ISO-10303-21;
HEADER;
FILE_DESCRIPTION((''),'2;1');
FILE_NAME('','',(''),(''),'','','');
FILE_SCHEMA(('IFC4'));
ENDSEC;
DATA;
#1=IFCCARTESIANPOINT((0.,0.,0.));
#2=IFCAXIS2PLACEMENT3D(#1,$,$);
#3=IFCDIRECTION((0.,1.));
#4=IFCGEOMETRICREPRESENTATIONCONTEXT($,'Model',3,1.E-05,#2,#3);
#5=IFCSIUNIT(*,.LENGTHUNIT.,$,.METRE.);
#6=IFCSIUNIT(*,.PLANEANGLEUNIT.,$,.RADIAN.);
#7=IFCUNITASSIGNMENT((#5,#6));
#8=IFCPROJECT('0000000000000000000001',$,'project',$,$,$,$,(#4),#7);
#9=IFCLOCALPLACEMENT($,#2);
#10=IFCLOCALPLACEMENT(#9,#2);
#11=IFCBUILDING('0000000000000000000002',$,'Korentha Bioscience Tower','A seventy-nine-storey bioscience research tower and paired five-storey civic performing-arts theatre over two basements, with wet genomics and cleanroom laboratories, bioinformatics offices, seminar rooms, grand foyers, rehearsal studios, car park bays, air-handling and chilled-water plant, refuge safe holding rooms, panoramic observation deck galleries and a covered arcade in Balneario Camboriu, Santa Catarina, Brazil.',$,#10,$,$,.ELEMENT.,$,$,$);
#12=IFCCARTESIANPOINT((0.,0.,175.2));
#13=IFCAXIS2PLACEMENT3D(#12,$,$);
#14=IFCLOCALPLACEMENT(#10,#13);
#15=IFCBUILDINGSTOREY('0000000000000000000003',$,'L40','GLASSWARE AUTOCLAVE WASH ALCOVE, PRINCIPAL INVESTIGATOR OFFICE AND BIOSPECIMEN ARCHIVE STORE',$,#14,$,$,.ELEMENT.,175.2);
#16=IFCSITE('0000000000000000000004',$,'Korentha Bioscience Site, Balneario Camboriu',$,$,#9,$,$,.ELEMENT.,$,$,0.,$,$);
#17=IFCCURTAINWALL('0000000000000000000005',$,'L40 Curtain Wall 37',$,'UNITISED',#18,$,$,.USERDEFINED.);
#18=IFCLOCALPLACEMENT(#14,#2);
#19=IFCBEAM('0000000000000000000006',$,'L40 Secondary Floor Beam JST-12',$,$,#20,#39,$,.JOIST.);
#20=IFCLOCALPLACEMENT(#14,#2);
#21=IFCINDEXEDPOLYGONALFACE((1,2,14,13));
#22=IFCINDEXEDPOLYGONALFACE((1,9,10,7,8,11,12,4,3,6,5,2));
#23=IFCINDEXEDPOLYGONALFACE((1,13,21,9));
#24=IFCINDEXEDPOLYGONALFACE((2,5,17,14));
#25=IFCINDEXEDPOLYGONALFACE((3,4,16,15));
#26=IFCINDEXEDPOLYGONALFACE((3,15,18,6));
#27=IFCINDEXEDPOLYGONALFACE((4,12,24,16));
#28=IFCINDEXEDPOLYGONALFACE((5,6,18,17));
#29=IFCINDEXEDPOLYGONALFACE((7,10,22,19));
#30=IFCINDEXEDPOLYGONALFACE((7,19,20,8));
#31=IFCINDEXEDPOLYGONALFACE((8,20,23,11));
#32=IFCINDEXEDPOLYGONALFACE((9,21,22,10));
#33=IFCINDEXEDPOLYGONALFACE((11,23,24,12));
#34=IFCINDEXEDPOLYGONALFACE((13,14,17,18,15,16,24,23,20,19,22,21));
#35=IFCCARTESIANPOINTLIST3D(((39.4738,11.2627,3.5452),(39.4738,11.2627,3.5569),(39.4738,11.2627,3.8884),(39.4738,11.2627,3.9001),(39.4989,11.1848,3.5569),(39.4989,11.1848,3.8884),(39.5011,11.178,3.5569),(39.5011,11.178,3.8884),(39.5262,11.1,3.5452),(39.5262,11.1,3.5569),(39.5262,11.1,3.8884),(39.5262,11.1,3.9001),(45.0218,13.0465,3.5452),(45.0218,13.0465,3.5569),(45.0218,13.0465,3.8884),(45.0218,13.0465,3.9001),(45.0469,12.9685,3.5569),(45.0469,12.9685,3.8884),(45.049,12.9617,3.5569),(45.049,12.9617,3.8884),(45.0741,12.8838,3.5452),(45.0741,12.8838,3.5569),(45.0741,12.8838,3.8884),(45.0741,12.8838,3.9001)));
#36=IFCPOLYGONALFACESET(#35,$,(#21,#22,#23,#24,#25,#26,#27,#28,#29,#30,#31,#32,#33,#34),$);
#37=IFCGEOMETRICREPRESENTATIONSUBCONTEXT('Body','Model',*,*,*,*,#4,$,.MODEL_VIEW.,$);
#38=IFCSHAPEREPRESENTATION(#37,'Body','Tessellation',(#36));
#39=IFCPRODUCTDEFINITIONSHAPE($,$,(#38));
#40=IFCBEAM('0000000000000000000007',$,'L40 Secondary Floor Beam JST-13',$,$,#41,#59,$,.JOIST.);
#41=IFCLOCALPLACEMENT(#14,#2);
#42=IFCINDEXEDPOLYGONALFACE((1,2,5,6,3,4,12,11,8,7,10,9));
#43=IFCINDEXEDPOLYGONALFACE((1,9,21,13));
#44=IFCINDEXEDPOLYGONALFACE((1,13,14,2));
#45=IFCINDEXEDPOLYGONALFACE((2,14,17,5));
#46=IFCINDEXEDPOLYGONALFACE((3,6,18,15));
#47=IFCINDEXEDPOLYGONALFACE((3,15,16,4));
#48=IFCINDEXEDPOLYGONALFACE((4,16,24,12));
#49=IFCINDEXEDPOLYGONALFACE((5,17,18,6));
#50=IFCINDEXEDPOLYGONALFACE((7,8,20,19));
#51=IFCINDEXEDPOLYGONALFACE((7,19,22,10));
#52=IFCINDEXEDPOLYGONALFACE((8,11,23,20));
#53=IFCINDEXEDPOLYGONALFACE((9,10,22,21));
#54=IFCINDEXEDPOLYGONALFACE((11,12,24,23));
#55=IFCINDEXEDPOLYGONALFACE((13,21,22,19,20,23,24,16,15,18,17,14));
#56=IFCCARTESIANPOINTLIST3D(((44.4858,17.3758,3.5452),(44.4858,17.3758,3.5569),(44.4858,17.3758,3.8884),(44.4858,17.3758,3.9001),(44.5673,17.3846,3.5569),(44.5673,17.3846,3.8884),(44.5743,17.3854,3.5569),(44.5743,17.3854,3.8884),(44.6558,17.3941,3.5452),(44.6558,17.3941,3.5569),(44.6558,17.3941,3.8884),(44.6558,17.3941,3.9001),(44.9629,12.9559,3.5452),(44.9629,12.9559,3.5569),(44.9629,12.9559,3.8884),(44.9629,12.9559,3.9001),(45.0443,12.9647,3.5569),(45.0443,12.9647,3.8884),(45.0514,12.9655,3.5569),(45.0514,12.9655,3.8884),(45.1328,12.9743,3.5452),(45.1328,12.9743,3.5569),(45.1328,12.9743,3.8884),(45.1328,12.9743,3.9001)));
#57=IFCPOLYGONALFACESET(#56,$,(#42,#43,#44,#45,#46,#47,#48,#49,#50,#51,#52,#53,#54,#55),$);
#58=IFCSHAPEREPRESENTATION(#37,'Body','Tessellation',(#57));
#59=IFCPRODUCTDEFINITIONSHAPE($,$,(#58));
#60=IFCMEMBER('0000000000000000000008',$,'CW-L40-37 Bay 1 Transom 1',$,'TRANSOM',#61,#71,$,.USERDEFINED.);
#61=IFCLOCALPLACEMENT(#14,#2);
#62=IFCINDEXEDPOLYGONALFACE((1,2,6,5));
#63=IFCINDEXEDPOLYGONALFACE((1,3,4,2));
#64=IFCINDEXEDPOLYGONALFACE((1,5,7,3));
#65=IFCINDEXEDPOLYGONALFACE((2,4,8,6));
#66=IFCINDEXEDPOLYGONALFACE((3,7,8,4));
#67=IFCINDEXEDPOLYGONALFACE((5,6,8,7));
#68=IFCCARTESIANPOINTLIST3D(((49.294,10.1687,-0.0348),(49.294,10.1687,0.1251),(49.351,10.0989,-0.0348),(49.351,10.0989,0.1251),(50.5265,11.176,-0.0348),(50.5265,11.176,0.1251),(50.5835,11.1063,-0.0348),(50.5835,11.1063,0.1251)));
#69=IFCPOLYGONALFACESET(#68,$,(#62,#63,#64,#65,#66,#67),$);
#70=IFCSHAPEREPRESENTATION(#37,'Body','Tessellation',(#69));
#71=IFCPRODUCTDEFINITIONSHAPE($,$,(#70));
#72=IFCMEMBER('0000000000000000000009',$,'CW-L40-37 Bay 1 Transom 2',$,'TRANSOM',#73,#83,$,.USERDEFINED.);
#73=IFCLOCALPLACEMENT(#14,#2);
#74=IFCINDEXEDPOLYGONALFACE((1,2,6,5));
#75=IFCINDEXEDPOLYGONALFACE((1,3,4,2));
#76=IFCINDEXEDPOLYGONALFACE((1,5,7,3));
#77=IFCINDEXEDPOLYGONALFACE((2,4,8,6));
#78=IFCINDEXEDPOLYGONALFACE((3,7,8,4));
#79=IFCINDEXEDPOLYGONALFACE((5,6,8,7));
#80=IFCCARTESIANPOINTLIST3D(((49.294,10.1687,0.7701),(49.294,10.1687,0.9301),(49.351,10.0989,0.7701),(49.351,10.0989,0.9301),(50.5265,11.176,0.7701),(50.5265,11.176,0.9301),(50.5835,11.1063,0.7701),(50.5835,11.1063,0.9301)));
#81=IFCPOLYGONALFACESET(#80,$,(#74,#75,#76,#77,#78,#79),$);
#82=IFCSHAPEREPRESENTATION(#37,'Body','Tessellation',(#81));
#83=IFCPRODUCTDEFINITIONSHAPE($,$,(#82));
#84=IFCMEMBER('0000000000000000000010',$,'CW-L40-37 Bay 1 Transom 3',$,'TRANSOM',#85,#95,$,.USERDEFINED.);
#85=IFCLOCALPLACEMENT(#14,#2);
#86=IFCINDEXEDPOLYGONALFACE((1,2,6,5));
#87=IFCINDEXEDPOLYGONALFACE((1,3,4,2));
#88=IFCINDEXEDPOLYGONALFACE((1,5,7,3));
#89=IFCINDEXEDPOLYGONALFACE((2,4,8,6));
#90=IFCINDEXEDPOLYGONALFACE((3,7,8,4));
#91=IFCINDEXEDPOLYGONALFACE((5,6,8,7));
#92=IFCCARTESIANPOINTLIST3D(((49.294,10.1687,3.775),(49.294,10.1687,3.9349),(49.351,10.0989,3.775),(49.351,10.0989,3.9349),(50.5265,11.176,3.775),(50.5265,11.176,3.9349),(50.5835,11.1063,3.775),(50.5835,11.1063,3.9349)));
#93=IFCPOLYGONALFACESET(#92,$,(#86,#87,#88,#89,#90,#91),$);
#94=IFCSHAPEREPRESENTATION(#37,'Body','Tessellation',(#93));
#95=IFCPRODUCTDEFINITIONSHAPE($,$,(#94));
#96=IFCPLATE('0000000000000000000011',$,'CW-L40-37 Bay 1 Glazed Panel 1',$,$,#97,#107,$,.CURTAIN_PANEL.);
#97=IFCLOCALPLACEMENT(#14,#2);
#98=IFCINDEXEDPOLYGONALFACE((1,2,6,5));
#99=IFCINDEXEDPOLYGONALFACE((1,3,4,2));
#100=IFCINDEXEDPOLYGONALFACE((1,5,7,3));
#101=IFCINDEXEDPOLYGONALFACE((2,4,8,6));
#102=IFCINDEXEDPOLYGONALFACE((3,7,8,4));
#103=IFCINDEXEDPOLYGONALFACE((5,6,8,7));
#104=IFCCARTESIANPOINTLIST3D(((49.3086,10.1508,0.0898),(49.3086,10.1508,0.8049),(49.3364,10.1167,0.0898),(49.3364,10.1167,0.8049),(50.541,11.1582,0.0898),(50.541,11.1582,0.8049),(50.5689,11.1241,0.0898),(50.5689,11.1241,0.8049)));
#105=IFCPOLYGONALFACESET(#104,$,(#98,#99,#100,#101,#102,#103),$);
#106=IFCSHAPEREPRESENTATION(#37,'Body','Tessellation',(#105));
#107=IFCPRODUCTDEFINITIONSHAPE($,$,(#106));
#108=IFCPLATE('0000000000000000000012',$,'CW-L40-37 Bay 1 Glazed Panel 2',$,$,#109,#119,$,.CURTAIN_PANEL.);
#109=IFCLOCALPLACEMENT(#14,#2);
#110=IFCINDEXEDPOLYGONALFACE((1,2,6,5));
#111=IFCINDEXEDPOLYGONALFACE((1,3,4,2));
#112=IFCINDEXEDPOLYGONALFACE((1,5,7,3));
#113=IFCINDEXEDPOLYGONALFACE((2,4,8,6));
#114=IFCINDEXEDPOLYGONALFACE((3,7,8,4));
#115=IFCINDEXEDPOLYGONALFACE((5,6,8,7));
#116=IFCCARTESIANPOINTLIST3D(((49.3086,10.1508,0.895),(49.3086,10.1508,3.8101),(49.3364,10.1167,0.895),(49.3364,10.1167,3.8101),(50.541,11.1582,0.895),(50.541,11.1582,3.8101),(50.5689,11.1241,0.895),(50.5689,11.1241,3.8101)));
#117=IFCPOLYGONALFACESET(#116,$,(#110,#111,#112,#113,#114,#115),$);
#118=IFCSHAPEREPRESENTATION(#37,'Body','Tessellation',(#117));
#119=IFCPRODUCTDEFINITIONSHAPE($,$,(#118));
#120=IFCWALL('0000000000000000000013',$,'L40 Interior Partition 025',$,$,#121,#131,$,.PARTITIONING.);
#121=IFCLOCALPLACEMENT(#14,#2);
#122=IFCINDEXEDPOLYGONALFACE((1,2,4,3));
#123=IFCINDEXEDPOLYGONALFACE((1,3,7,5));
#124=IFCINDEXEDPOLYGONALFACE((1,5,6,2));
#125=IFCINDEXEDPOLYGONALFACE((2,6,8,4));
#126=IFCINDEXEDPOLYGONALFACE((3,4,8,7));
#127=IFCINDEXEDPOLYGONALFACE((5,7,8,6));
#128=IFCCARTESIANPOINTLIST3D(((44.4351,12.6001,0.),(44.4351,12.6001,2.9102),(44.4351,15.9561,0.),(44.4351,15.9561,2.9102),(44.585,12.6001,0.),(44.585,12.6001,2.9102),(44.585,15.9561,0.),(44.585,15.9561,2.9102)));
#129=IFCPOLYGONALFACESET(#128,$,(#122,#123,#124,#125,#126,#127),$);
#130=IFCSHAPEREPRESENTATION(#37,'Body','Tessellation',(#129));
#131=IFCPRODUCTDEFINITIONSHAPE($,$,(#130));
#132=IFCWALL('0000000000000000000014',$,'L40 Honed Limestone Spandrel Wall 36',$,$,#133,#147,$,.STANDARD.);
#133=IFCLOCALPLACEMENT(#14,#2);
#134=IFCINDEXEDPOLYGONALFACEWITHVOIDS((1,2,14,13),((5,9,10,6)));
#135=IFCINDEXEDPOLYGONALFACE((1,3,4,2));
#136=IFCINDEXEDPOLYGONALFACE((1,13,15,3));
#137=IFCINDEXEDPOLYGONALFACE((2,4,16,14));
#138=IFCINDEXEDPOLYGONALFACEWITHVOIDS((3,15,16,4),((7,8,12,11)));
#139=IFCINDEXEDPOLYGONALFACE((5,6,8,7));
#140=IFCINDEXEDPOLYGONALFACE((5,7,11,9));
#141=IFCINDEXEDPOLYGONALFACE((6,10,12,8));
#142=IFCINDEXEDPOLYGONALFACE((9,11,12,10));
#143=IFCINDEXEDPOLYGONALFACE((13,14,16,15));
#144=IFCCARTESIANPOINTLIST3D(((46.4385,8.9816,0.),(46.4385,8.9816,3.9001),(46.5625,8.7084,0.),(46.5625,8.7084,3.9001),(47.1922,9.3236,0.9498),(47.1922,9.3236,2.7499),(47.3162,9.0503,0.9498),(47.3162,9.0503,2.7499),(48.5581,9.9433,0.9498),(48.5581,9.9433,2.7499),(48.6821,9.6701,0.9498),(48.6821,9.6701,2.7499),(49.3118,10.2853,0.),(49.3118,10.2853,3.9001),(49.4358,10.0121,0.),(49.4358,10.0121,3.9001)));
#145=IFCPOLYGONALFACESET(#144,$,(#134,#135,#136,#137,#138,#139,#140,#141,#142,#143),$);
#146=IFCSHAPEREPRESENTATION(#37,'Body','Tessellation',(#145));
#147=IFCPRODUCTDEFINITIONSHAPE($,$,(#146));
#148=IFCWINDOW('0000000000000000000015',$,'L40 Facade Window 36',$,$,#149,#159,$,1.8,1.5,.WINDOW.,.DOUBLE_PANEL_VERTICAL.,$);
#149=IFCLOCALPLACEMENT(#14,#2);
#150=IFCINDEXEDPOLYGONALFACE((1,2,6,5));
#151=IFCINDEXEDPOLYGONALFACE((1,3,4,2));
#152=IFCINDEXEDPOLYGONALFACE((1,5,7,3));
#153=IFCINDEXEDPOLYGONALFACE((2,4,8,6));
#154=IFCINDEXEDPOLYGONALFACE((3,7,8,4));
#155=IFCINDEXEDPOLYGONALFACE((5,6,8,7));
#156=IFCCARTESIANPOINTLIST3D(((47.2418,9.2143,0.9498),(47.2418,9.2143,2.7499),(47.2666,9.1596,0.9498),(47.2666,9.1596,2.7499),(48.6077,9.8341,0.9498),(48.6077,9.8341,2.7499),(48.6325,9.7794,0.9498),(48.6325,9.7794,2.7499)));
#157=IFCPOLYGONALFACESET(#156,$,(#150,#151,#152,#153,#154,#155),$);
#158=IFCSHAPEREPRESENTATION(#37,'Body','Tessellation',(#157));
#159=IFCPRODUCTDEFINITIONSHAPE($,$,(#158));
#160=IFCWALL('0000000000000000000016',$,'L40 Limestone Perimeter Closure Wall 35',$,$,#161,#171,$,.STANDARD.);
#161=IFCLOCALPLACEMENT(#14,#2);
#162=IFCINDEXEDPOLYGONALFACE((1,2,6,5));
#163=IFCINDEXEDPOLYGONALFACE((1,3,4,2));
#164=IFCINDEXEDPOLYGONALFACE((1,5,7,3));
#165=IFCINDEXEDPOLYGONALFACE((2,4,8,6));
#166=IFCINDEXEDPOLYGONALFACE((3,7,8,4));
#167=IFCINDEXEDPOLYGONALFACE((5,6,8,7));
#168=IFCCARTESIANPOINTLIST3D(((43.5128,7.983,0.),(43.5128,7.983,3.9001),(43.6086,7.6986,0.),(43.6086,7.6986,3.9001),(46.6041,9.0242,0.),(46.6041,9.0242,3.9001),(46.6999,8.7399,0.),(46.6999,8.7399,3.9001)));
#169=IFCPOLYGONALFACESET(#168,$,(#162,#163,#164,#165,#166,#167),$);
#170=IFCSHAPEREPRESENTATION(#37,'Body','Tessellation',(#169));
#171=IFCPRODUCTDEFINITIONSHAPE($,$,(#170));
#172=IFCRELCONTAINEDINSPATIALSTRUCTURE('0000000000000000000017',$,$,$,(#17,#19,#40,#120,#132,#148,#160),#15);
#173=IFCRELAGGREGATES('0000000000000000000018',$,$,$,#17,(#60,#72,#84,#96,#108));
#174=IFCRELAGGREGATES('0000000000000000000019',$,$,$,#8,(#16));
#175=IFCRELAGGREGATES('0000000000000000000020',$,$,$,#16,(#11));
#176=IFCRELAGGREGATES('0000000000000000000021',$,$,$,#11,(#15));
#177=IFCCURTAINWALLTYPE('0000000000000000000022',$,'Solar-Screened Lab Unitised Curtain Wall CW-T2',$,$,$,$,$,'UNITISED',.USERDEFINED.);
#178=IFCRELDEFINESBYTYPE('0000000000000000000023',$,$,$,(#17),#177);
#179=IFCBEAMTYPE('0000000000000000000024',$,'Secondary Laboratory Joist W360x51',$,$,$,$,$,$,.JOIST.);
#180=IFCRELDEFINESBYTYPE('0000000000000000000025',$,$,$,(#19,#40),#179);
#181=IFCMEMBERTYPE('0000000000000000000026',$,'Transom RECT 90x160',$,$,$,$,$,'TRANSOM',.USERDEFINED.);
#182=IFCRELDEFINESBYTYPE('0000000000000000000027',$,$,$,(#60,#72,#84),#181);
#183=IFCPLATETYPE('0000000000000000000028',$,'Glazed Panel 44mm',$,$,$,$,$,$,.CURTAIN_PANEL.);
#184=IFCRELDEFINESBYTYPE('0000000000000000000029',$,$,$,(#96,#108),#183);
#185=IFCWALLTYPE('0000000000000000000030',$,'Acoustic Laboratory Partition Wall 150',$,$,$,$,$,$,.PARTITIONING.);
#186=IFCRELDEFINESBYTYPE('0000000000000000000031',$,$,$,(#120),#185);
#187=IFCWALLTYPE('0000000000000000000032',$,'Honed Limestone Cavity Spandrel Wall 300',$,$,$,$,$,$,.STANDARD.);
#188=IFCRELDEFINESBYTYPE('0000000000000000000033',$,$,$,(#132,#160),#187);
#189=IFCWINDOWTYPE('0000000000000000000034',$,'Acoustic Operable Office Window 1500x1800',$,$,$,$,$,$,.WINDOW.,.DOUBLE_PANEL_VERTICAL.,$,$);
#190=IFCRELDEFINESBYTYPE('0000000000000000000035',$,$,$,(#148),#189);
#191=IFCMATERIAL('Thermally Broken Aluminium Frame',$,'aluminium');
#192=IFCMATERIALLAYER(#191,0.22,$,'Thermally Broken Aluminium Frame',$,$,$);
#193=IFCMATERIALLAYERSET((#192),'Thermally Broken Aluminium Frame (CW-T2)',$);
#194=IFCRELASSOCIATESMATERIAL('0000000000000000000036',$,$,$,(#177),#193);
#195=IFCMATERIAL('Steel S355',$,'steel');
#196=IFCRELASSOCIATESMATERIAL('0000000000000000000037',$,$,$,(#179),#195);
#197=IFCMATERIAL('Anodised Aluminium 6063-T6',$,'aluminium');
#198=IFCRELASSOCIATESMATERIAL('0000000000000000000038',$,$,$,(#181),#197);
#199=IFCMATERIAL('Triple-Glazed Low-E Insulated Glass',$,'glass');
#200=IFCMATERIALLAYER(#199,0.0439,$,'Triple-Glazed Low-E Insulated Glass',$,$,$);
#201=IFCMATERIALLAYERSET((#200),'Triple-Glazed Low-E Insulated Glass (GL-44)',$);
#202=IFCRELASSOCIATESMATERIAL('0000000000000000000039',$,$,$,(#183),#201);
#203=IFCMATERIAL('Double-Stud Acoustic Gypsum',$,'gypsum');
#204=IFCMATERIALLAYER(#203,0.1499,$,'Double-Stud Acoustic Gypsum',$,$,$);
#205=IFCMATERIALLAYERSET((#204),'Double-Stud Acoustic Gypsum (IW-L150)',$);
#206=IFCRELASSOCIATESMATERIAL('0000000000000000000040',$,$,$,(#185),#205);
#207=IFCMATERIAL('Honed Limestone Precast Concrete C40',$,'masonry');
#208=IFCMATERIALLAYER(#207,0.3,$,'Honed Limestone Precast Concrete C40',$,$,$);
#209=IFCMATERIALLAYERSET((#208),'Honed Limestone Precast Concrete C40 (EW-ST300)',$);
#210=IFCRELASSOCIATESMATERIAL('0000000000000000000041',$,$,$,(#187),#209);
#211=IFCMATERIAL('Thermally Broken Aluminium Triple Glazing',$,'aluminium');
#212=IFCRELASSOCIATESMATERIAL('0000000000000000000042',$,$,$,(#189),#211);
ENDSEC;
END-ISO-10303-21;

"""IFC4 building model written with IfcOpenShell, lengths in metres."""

from ifc_helpers import new_model, si_unit, direction, frame, frame_2d, origin, origin_2d, place, context, subcontext, project, spatial, rectangle, i_section, extrude, material, layer, layer_set, material_profile, profile_set, type_object, element, fill, aggregate, save


model = new_model("IFC4")

# Units and contexts
model_context = context("Model", 3, precision=1e-05, world=origin(), true_north=direction((0.0, 1.0)))
body_context = subcontext(model_context, "Body", "Model", "MODEL_VIEW")
ifc_project = project(units=[si_unit("LENGTHUNIT", "METRE"), si_unit("PLANEANGLEUNIT", "RADIAN")], contexts=[model_context])

# Site, building, storey
site_placement = place(None, origin())
site = spatial("IfcSite", under=ifc_project, at=site_placement, Name="Korentha Bioscience Site, Balneario Camboriu", CompositionType="ELEMENT", RefElevation=0.0)
building_placement = place(site_placement, origin())
building = spatial("IfcBuilding", under=site, at=building_placement, Name="Korentha Bioscience Tower", Description="A seventy-nine-storey bioscience research tower and paired five-storey civic performing-arts theatre over two basements, with wet genomics and cleanroom laboratories, bioinformatics offices, seminar rooms, grand foyers, rehearsal studios, car park bays, air-handling and chilled-water plant, refuge safe holding rooms, panoramic observation deck galleries and a covered arcade in Balneario Camboriu, Santa Catarina, Brazil.", CompositionType="ELEMENT")
storey_placement = place(building_placement, frame((0.0, 0.0, 175.2)))
storey = spatial("IfcBuildingStorey", under=building, at=storey_placement, Name="L40", Description="GLASSWARE AUTOCLAVE WASH ALCOVE, PRINCIPAL INVESTIGATOR OFFICE AND BIOSPECIMEN ARCHIVE STORE", CompositionType="ELEMENT", Elevation=175.2)

# Curtain wall
ifc_material_1 = material(Name="Thermally Broken Aluminium Frame", Category="aluminium")
ifc_layer_1 = layer(ifc_material_1, 0.22, Name="Thermally Broken Aluminium Frame")
ifc_layer_set_1 = layer_set([ifc_layer_1], Name="Thermally Broken Aluminium Frame (CW-T2)")
curtain_wall_type = type_object("IfcCurtainWallType", Name="Solar-Screened Lab Unitised Curtain Wall CW-T2", ElementType="UNITISED", PredefinedType="USERDEFINED", material=ifc_layer_set_1)
curtain_wall_placement = place(storey_placement, origin())
curtain_wall = element("IfcCurtainWall", 1, at=curtain_wall_placement, inside=storey, type_object=curtain_wall_type, Name="L40 Curtain Wall 37", ObjectType="UNITISED", PredefinedType="USERDEFINED")
ifc_material_2 = material(Name="Anodised Aluminium 6063-T6", Category="aluminium")

# Beams
ifc_material_3 = material(Name="Steel S355", Category="steel")
ifc_material_profile_1 = material_profile(ifc_material_3, i_section(OverallWidth=0.1709, OverallDepth=0.355, WebThickness=0.0071, FlangeThickness=0.0117, at=origin_2d()), Name="Steel S355")
ifc_profile_set_1 = profile_set([ifc_material_profile_1], Name="Steel S355 (JB-360)")
beam_type_1 = type_object("IfcBeamType", Name="Secondary Laboratory Joist W360x51", PredefinedType="JOIST", material=ifc_profile_set_1)
beam_1_placement = place(storey_placement, frame((39.5, 11.1814, 3.7227), z_axis=(0.952006, 0.30608, 0.0), x_axis=(-0.30608, 0.952006, 0.0)))
element("IfcBeam", 2, at=beam_1_placement, inside=storey, type_object=beam_type_1, Name="L40 Secondary Floor Beam JST-12", PredefinedType="JOIST", context=body_context, shape_type="SweptSolid", body=[
    extrude(i_section(OverallWidth=0.1709, OverallDepth=0.355, WebThickness=0.0071, FlangeThickness=0.0117, at=origin_2d()), origin(), (0.0, 0.0, 1.0), 5.8276),
])
beam_2_placement = place(storey_placement, frame((45.0479, 12.9651, 3.7227), z_axis=(-0.107309, 0.994226, 0.0), x_axis=(-0.994226, -0.107309, 0.0)))
element("IfcBeam", 3, at=beam_2_placement, inside=storey, type_object=beam_type_1, Name="L40 Secondary Floor Beam JST-13", PredefinedType="JOIST", context=body_context, shape_type="SweptSolid", body=[
    extrude(i_section(OverallWidth=0.1709, OverallDepth=0.355, WebThickness=0.0071, FlangeThickness=0.0117, at=origin_2d()), origin(), (0.0, 0.0, 1.0), 4.4456),
])

# Members
ifc_material_profile_2 = material_profile(ifc_material_2, rectangle(XDim=0.0901, YDim=0.1599, at=origin_2d()), Name="Anodised Aluminium 6063-T6")
ifc_profile_set_2 = profile_set([ifc_material_profile_2], Name="Anodised Aluminium 6063-T6 (CW-TRN)")
member_type_1 = type_object("IfcMemberType", Name="Transom RECT 90x160", ElementType="TRANSOM", PredefinedType="USERDEFINED", material=ifc_profile_set_2)
member_1_placement = place(storey_placement, frame((49.3225, 10.1338, 0.0452), z_axis=(0.774272, 0.632853, 0.0), x_axis=(-0.632853, 0.774272, 0.0)))
member_1 = element("IfcMember", 4, at=member_1_placement, type_object=member_type_1, Name="CW-L40-37 Bay 1 Transom 1", ObjectType="TRANSOM", PredefinedType="USERDEFINED", context=body_context, shape_type="SweptSolid", body=[
    extrude(rectangle(XDim=0.0901, YDim=0.1599, at=origin_2d()), origin(), (0.0, 0.0, 1.0), 1.5918),
])
member_2_placement = place(storey_placement, frame((49.3225, 10.1338, 0.8501), z_axis=(0.774272, 0.632853, 0.0), x_axis=(-0.632853, 0.774272, 0.0)))
member_2 = element("IfcMember", 5, at=member_2_placement, type_object=member_type_1, Name="CW-L40-37 Bay 1 Transom 2", ObjectType="TRANSOM", PredefinedType="USERDEFINED", context=body_context, shape_type="SweptSolid", body=[
    extrude(rectangle(XDim=0.0901, YDim=0.1599, at=origin_2d()), origin(), (0.0, 0.0, 1.0), 1.5918),
])
member_3_placement = place(storey_placement, frame((49.3225, 10.1338, 3.855), z_axis=(0.774272, 0.632853, 0.0), x_axis=(-0.632853, 0.774272, 0.0)))
member_3 = element("IfcMember", 6, at=member_3_placement, type_object=member_type_1, Name="CW-L40-37 Bay 1 Transom 3", ObjectType="TRANSOM", PredefinedType="USERDEFINED", context=body_context, shape_type="SweptSolid", body=[
    extrude(rectangle(XDim=0.0901, YDim=0.1599, at=origin_2d()), origin(), (0.0, 0.0, 1.0), 1.5918),
])

# Plates
ifc_material_4 = material(Name="Triple-Glazed Low-E Insulated Glass", Category="glass")
ifc_layer_2 = layer(ifc_material_4, 0.0439, Name="Triple-Glazed Low-E Insulated Glass")
ifc_layer_set_2 = layer_set([ifc_layer_2], Name="Triple-Glazed Low-E Insulated Glass (GL-44)")
plate_type = type_object("IfcPlateType", Name="Glazed Panel 44mm", PredefinedType="CURTAIN_PANEL", material=ifc_layer_set_2)
plate_1_placement = place(storey_placement, frame((49.9387, 10.6375, 0.0898), z_axis=(0.0, 0.0, 1.0), x_axis=(0.774256, 0.632872, 0.0)))
plate_1 = element("IfcPlate", 7, at=plate_1_placement, type_object=plate_type, Name="CW-L40-37 Bay 1 Glazed Panel 1", PredefinedType="CURTAIN_PANEL", context=body_context, shape_type="SweptSolid", body=[
    extrude(rectangle(XDim=1.5918, YDim=0.0439, at=origin_2d()), origin(), (0.0, 0.0, 1.0), 0.7151),
])
plate_2_placement = place(storey_placement, frame((49.9387, 10.6375, 0.895), z_axis=(0.0, 0.0, 1.0), x_axis=(0.774256, 0.632872, 0.0)))
plate_2 = element("IfcPlate", 8, at=plate_2_placement, type_object=plate_type, Name="CW-L40-37 Bay 1 Glazed Panel 2", PredefinedType="CURTAIN_PANEL", context=body_context, shape_type="SweptSolid", body=[
    extrude(rectangle(XDim=1.5918, YDim=0.0439, at=origin_2d()), origin(), (0.0, 0.0, 1.0), 2.915),
])
aggregate(curtain_wall, [member_1, member_2, member_3, plate_1, plate_2])

# Wall
ifc_material_5 = material(Name="Double-Stud Acoustic Gypsum", Category="gypsum")
ifc_layer_3 = layer(ifc_material_5, 0.1499, Name="Double-Stud Acoustic Gypsum")
ifc_layer_set_3 = layer_set([ifc_layer_3], Name="Double-Stud Acoustic Gypsum (IW-L150)")
wall_type_1 = type_object("IfcWallType", Name="Acoustic Laboratory Partition Wall 150", PredefinedType="PARTITIONING", material=ifc_layer_set_3)
wall_1_placement = place(storey_placement, frame((44.51, 12.6001, 0.0), z_axis=(0.0, 0.0, 1.0), x_axis=(0.0, 1.0, 0.0)))
element("IfcWall", 9, at=wall_1_placement, inside=storey, type_object=wall_type_1, Name="L40 Interior Partition 025", PredefinedType="PARTITIONING", context=body_context, shape_type="SweptSolid", body=[
    extrude(rectangle(XDim=3.356, YDim=0.1499, at=frame_2d((1.678, 0.0))), origin(), (0.0, 0.0, 1.0), 2.9102),
])

# Wall, opening, window
ifc_material_6 = material(Name="Honed Limestone Precast Concrete C40", Category="masonry")
ifc_layer_4 = layer(ifc_material_6, 0.3, Name="Honed Limestone Precast Concrete C40")
ifc_layer_set_4 = layer_set([ifc_layer_4], Name="Honed Limestone Precast Concrete C40 (EW-ST300)")
wall_type_2 = type_object("IfcWallType", Name="Honed Limestone Cavity Spandrel Wall 300", PredefinedType="STANDARD", material=ifc_layer_set_4)
wall_2_placement = place(storey_placement, frame((46.5005, 8.845, 0.0), z_axis=(0.0, 0.0, 1.0), x_axis=(0.910645, 0.413191, 0.0)))
wall_2 = element("IfcWall", 10, at=wall_2_placement, inside=storey, type_object=wall_type_2, Name="L40 Honed Limestone Spandrel Wall 36", PredefinedType="STANDARD", context=body_context, shape_type="SweptSolid", body=[
    extrude(rectangle(XDim=3.1553, YDim=0.3, at=frame_2d((1.5776, 0.0))), origin(), (0.0, 0.0, 1.0), 3.9001),
])
opening_placement = place(wall_2_placement, frame((0.8276, 0.0, 0.95)))
opening = element("IfcOpeningElement", 11, at=opening_placement, cuts=wall_2, PredefinedType="OPENING", context=body_context, shape_type="SweptSolid", body=[
    extrude(rectangle(XDim=1.5, YDim=1.8, at=frame_2d((0.75, 0.8999))), frame((0.0, 0.165, 0.0), z_axis=(0.0, -1.0, 0.0), x_axis=(1.0, 0.0, 0.0)), (0.0, 0.0, 1.0), 0.3298),
])
ifc_material_7 = material(Name="Thermally Broken Aluminium Triple Glazing", Category="aluminium")
window_type = type_object("IfcWindowType", Name="Acoustic Operable Office Window 1500x1800", PartitioningType="DOUBLE_PANEL_VERTICAL", PredefinedType="WINDOW", material=ifc_material_7)
window_placement = place(opening_placement, origin())
window = element("IfcWindow", 12, at=window_placement, inside=storey, type_object=window_type, Name="L40 Facade Window 36", OverallHeight=1.8, OverallWidth=1.5, PartitioningType="DOUBLE_PANEL_VERTICAL", PredefinedType="WINDOW", context=body_context, shape_type="SweptSolid", body=[
    extrude(rectangle(XDim=1.5, YDim=1.8, at=frame_2d((0.75, 0.8999))), frame((0.0, 0.03, 0.0), z_axis=(0.0, -1.0, 0.0), x_axis=(1.0, 0.0, 0.0)), (0.0, 0.0, 1.0), 0.0601),
])
fill(opening, window)

# Wall
wall_3_placement = place(storey_placement, frame((43.5608, 7.8408, 0.0), z_axis=(0.0, 0.0, 1.0), x_axis=(0.947683, 0.319213, 0.0)))
element("IfcWall", 13, at=wall_3_placement, inside=storey, type_object=wall_type_2, Name="L40 Limestone Perimeter Closure Wall 35", PredefinedType="STANDARD", context=body_context, shape_type="SweptSolid", body=[
    extrude(rectangle(XDim=3.262, YDim=0.3, at=frame_2d((1.6309, 0.0))), origin(), (0.0, 0.0, 1.0), 3.9001),
])

save(model, "model.ifc")
